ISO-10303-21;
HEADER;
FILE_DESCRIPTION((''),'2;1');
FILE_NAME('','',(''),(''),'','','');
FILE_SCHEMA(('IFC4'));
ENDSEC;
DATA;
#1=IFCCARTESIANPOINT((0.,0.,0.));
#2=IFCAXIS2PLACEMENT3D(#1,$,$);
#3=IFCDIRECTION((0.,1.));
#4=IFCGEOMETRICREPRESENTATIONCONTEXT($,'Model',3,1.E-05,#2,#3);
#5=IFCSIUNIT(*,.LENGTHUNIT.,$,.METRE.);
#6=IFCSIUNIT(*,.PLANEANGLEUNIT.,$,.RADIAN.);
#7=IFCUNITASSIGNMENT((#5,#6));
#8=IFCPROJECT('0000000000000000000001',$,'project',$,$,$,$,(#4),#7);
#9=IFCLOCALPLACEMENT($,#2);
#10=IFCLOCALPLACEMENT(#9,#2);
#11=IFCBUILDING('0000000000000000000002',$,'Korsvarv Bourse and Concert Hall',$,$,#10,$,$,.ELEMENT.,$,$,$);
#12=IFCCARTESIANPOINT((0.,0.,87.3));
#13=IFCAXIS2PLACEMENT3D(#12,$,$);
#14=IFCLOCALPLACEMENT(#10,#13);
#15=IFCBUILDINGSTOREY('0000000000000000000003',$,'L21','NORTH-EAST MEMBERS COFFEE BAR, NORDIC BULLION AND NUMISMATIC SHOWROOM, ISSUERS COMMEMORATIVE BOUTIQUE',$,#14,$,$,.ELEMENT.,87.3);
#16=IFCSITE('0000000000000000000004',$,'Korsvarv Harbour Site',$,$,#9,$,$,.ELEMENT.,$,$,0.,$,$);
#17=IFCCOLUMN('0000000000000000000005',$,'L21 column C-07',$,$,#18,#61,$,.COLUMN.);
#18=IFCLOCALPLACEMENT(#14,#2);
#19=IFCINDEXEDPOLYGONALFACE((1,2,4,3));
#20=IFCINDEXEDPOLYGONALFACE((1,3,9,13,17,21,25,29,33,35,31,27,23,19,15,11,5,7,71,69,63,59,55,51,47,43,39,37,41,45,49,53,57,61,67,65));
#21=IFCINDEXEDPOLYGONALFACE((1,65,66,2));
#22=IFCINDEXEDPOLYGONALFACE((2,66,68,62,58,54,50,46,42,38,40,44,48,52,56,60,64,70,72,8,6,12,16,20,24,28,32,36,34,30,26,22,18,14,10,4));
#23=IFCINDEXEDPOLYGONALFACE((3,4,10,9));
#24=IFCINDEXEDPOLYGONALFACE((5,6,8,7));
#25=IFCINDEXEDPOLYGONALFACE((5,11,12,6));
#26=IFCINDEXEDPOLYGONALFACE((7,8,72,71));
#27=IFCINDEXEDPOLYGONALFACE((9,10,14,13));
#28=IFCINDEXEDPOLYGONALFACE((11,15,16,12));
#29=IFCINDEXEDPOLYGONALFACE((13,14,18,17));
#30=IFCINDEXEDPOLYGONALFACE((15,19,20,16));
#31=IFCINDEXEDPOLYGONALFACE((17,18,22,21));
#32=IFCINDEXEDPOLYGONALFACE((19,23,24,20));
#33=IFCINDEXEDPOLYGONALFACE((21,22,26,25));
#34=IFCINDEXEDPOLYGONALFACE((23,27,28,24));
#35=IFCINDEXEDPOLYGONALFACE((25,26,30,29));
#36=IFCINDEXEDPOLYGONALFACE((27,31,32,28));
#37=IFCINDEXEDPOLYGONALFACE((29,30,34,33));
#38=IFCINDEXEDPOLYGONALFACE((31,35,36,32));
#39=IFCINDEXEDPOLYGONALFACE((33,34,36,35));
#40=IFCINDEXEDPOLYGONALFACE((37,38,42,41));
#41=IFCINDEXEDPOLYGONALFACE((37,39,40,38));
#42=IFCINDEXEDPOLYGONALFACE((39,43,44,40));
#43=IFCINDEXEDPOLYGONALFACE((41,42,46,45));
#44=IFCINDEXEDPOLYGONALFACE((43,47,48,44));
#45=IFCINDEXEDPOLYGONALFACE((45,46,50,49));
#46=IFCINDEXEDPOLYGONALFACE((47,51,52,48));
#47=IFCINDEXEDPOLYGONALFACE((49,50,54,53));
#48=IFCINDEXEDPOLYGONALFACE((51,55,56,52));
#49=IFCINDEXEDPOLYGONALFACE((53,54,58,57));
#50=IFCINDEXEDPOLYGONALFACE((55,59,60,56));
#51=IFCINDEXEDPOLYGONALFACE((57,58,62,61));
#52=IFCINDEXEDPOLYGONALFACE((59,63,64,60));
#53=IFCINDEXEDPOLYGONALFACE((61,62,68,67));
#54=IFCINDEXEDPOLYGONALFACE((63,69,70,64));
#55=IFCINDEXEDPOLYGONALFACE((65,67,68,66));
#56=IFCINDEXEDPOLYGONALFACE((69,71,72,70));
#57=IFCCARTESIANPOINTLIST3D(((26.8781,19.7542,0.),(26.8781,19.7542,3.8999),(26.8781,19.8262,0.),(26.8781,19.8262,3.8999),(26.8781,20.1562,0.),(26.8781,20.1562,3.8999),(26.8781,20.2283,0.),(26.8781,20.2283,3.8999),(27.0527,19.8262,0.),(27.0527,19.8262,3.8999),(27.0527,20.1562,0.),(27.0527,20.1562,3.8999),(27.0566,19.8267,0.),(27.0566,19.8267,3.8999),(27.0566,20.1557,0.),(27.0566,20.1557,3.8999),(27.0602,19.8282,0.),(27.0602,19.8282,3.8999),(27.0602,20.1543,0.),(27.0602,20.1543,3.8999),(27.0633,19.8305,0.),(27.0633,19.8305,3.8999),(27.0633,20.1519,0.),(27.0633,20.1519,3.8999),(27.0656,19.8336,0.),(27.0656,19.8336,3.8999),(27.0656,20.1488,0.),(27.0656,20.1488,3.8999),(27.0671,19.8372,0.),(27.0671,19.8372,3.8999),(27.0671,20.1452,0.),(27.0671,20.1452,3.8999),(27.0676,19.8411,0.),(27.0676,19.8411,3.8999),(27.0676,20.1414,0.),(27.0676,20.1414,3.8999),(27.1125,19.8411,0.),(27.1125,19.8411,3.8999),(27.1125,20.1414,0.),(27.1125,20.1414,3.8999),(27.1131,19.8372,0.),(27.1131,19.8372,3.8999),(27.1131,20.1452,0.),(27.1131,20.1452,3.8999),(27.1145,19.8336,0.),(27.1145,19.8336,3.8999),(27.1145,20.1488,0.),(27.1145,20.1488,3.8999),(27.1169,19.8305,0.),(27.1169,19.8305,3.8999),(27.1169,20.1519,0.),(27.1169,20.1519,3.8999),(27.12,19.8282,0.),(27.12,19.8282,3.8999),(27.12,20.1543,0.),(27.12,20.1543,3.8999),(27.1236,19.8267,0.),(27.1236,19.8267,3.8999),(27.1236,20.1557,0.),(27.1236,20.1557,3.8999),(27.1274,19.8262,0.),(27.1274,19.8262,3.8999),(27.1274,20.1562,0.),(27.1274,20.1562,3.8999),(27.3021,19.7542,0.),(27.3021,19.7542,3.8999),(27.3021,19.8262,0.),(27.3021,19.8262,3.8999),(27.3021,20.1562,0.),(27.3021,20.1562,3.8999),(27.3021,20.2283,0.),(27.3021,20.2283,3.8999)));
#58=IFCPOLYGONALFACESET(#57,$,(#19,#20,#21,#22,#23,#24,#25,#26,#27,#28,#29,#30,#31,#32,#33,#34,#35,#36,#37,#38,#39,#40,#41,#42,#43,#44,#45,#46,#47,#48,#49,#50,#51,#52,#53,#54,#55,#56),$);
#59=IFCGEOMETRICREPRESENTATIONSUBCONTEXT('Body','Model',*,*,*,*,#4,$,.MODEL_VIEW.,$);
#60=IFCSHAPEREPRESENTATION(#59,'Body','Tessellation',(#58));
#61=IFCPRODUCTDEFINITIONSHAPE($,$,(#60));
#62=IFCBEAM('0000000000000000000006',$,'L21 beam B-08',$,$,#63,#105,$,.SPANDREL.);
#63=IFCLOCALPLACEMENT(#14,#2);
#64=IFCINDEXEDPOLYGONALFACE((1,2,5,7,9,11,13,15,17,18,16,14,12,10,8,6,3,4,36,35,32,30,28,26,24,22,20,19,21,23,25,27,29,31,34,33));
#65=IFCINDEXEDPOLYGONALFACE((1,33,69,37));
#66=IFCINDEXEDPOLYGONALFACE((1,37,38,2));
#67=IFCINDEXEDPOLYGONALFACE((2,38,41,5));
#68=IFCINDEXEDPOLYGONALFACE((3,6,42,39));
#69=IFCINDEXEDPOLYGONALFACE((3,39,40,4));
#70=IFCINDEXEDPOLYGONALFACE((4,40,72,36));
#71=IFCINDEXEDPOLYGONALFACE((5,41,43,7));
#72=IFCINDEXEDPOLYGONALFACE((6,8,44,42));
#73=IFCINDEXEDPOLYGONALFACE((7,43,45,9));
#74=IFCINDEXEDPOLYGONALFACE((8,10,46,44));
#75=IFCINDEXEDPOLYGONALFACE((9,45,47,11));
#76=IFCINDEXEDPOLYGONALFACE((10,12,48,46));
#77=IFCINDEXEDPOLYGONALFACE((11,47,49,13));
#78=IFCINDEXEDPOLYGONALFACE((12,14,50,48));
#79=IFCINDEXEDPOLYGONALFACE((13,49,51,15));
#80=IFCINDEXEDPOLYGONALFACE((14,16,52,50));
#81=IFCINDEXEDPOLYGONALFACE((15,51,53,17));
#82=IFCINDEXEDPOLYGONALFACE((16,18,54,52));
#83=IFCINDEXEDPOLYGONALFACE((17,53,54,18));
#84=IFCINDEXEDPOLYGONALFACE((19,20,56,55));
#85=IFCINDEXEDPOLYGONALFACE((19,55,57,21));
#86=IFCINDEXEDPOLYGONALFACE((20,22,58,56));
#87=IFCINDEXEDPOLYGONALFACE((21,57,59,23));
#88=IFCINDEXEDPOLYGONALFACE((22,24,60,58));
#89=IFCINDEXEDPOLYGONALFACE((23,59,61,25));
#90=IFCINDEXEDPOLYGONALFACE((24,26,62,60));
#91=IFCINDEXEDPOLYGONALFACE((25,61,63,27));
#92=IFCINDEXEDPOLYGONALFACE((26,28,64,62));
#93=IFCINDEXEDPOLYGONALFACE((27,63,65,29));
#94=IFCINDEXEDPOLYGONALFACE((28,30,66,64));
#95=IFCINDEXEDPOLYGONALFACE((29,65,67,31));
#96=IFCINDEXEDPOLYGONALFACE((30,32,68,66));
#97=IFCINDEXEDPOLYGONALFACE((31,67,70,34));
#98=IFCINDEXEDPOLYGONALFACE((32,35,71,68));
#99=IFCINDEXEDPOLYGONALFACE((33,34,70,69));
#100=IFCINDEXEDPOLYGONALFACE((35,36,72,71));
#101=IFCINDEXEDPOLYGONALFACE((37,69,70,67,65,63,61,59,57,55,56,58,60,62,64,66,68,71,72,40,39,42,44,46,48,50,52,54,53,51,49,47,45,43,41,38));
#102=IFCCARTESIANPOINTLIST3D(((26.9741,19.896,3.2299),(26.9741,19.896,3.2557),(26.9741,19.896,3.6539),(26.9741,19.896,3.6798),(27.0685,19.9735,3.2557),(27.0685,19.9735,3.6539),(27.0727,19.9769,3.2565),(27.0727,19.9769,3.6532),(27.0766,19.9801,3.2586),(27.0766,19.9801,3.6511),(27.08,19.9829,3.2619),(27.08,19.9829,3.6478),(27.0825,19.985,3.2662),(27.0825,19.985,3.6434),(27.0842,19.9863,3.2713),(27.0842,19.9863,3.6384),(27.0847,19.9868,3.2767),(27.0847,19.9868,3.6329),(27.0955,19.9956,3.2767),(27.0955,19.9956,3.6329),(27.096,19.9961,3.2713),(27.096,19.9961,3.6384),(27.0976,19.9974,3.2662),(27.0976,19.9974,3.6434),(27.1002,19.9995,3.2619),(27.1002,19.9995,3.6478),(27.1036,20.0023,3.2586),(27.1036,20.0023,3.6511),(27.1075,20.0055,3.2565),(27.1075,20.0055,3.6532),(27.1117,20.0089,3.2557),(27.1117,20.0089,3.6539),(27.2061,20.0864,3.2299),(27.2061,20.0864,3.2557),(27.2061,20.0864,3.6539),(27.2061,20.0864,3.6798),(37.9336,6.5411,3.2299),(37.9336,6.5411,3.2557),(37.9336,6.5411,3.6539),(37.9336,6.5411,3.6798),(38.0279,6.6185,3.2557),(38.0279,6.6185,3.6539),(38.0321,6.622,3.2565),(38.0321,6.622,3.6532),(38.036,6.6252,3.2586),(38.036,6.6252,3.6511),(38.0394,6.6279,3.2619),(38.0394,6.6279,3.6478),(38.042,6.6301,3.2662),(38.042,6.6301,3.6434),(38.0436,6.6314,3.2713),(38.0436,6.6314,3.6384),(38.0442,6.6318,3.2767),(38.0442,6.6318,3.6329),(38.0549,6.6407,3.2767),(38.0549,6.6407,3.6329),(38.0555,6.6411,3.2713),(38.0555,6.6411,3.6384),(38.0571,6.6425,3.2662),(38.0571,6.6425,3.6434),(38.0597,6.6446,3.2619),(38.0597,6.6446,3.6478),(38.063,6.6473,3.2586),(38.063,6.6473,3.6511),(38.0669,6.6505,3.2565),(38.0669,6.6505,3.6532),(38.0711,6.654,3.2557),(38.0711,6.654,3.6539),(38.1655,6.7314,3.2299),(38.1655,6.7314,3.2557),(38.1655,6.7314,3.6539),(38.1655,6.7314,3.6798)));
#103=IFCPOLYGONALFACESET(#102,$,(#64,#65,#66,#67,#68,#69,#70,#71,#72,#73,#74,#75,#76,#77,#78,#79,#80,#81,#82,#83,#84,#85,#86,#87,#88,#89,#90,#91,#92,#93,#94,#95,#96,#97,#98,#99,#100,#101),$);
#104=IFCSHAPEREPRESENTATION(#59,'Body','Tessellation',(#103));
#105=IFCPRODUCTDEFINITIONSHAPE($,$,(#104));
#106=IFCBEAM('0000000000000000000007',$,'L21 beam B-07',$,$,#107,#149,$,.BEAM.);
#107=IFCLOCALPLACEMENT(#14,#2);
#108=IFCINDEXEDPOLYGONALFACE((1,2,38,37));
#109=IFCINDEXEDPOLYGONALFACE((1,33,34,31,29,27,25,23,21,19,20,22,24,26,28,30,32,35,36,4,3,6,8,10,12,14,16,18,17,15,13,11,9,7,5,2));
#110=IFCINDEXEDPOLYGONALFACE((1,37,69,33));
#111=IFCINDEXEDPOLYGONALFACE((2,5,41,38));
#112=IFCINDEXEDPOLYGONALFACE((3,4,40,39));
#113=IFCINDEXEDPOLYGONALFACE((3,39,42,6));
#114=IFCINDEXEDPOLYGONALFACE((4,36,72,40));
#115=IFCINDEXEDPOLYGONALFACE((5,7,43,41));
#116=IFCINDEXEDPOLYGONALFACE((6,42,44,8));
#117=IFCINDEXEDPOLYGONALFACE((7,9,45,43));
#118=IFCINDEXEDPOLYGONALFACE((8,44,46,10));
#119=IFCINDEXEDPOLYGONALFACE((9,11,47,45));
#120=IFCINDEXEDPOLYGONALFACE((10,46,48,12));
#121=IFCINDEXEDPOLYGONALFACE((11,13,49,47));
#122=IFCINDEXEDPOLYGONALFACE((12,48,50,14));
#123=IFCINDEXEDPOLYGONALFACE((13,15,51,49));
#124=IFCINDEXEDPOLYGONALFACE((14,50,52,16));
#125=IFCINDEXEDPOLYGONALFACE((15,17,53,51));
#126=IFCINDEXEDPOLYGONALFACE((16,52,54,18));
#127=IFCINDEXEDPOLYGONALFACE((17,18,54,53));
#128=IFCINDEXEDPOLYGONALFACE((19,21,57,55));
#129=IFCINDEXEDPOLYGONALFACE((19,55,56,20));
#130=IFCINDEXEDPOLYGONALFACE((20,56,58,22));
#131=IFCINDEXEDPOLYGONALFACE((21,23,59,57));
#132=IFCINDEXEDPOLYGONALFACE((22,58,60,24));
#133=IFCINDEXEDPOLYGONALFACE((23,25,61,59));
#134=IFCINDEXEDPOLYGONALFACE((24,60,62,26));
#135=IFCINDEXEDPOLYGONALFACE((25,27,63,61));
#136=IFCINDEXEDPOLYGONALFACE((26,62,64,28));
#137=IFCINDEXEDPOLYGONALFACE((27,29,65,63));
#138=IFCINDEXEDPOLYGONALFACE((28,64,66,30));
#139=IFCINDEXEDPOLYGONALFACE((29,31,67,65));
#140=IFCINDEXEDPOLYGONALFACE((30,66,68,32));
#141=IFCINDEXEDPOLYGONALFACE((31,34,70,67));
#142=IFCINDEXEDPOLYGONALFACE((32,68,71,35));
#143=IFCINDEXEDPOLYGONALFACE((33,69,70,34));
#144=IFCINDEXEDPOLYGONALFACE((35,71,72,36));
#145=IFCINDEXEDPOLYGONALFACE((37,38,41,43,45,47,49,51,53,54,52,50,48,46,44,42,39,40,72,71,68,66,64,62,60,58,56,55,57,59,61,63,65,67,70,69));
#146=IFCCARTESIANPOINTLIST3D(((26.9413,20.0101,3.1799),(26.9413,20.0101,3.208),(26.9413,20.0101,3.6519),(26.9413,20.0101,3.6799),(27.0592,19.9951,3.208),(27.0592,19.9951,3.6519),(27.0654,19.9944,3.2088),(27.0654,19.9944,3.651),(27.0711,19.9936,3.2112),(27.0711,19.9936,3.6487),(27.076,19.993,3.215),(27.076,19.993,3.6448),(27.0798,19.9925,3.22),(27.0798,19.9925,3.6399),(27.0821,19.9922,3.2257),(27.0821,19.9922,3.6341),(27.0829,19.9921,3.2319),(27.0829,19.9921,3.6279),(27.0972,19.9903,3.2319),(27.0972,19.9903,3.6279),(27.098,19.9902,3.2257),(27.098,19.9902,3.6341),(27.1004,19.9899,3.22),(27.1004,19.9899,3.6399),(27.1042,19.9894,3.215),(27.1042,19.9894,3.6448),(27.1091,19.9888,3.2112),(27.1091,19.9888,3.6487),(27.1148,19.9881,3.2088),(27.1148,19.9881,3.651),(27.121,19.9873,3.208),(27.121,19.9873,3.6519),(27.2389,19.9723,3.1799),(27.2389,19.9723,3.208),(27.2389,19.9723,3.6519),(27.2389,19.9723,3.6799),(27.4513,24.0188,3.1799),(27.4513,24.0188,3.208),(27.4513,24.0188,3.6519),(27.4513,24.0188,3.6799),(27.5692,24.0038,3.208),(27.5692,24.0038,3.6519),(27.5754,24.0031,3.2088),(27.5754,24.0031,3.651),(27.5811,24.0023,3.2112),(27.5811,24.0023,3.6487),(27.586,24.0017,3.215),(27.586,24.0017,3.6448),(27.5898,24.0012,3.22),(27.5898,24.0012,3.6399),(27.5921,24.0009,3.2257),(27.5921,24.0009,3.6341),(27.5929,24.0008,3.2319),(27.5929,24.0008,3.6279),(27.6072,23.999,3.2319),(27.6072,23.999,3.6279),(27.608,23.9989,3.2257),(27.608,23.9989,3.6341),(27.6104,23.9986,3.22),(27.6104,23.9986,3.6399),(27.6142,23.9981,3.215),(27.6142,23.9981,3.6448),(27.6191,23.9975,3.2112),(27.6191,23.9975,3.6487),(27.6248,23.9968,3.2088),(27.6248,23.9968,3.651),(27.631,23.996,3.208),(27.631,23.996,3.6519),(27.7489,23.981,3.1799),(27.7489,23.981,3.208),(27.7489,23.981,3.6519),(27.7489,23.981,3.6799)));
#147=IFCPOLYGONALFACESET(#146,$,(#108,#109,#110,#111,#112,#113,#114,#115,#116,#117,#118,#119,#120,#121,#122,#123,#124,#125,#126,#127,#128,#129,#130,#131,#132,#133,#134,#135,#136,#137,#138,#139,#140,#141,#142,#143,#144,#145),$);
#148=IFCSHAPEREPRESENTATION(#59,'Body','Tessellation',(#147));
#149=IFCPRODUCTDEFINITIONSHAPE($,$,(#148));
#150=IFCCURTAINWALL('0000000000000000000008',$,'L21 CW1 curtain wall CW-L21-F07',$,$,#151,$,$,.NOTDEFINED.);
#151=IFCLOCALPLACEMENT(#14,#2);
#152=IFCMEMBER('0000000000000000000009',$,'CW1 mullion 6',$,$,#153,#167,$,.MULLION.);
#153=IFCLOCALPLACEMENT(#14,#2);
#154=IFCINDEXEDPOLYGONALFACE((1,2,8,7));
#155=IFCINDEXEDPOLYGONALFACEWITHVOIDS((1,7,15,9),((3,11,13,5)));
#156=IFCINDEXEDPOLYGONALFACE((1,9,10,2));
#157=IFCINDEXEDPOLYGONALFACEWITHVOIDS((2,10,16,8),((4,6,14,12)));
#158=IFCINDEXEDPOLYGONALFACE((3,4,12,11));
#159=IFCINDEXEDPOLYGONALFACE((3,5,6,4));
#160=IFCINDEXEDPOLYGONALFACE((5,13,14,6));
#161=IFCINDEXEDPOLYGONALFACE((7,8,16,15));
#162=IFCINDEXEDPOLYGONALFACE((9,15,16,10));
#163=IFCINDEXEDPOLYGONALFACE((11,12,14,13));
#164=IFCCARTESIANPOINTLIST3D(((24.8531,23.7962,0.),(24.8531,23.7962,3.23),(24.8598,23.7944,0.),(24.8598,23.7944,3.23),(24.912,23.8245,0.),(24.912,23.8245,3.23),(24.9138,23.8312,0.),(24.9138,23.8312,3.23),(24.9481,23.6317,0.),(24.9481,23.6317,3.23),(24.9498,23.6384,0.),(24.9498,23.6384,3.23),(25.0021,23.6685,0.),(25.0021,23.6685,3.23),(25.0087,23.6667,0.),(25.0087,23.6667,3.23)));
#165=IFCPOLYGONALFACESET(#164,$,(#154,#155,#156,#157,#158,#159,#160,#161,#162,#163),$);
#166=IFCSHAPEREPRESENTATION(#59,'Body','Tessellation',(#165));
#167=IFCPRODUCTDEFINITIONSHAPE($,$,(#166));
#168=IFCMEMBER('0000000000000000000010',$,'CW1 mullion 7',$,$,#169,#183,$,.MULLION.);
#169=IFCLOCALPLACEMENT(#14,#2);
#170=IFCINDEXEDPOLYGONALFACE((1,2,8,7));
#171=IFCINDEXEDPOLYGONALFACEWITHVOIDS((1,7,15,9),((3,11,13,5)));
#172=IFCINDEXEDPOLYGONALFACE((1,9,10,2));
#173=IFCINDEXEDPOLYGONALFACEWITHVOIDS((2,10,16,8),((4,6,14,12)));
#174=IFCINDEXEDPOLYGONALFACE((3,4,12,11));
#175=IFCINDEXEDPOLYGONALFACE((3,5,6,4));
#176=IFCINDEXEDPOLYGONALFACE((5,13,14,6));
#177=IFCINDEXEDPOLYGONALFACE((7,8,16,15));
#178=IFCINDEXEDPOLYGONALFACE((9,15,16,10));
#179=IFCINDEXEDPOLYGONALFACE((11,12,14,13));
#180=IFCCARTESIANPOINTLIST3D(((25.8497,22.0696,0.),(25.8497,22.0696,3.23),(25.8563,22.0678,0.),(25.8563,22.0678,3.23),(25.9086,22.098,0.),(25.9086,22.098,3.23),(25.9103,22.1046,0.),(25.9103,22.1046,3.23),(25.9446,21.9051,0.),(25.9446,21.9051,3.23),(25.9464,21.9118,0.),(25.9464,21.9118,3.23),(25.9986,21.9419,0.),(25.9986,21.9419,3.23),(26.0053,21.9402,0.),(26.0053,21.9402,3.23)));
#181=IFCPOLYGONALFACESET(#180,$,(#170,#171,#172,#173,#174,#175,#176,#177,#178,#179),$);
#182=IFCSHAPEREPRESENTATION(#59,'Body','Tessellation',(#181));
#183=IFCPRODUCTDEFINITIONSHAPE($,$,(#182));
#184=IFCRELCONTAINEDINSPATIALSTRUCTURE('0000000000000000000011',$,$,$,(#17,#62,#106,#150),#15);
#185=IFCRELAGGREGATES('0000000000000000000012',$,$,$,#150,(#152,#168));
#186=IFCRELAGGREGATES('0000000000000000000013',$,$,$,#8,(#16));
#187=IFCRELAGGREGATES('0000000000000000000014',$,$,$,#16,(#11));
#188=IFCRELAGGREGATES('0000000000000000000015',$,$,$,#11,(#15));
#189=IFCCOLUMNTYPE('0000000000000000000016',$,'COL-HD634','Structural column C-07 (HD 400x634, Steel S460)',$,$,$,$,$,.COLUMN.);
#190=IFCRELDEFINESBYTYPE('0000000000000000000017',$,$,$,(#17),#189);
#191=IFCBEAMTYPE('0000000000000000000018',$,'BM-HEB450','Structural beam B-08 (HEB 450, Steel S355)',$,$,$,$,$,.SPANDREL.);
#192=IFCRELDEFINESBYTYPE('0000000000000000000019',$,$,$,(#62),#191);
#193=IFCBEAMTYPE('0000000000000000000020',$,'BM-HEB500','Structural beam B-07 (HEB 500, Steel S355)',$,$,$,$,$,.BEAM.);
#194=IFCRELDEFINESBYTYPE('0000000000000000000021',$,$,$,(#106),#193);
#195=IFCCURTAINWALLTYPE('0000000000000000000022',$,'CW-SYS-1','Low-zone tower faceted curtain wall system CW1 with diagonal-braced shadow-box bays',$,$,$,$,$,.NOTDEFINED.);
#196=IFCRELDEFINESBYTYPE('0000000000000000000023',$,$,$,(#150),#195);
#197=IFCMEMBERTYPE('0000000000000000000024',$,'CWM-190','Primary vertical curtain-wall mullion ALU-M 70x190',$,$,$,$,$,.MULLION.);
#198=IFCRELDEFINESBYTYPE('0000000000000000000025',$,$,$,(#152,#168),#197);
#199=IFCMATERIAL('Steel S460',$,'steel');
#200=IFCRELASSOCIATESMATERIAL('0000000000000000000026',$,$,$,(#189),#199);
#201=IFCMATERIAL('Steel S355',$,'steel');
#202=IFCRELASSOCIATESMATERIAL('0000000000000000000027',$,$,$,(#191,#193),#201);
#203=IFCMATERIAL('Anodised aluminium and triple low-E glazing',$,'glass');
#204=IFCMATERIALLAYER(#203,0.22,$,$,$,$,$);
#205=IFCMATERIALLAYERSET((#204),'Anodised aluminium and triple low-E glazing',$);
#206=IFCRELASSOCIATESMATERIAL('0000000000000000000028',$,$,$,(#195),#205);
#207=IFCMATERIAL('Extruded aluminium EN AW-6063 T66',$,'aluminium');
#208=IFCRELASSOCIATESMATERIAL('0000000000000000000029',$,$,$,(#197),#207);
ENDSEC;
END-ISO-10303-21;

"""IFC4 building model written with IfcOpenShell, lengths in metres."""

from ifc_helpers import new_model, si_unit, direction, frame, origin, origin_2d, place, context, subcontext, project, spatial, hollow_rectangle, i_section, extrude, source, transform, mapped, material, layer, layer_set, material_profile, profile_set, type_object, element, aggregate, save


model = new_model("IFC4")

# Units and contexts
model_context = context("Model", 3, precision=1e-05, world=origin(), true_north=direction((0.0, 1.0)))
body_context = subcontext(model_context, "Body", "Model", "MODEL_VIEW")
ifc_project = project(units=[si_unit("LENGTHUNIT", "METRE"), si_unit("PLANEANGLEUNIT", "RADIAN")], contexts=[model_context])

# Site, building, storey
site_placement = place(None, origin())
site = spatial("IfcSite", under=ifc_project, at=site_placement, Name="Korsvarv Harbour Site", CompositionType="ELEMENT", RefElevation=0.0)
building_placement = place(site_placement, origin())
building = spatial("IfcBuilding", under=site, at=building_placement, Name="Korsvarv Bourse and Concert Hall", CompositionType="ELEMENT")
storey_placement = place(building_placement, frame((0.0, 0.0, 87.3)))
storey = spatial("IfcBuildingStorey", under=building, at=storey_placement, Name="L21", Description="NORTH-EAST MEMBERS COFFEE BAR, NORDIC BULLION AND NUMISMATIC SHOWROOM, ISSUERS COMMEMORATIVE BOUTIQUE", CompositionType="ELEMENT", Elevation=87.3)

# Column
ifc_material_1 = material(Name="Steel S460", Category="steel")
ifc_material_profile_1 = material_profile(ifc_material_1, i_section(OverallWidth=0.4241, OverallDepth=0.4741, WebThickness=0.0449, FlangeThickness=0.072, FilletRadius=0.0149, at=origin_2d()), Name="HD 400x634")
ifc_profile_set_1 = profile_set([ifc_material_profile_1], Name="Steel S460")
column_type = type_object("IfcColumnType", Name="COL-HD634", Description="Structural column C-07 (HD 400x634, Steel S460)", PredefinedType="COLUMN", material=ifc_profile_set_1)
shared_shape_1 = source(origin(), body_context, "Body", "SweptSolid", [
    extrude(i_section(OverallWidth=0.4241, OverallDepth=0.4741, WebThickness=0.0449, FlangeThickness=0.072, FilletRadius=0.0149, at=origin_2d()), origin(), (0.0, 0.0, 1.0), 3.8999),
])
column_placement = place(storey_placement, frame((27.0901, 19.9912, 0.0), z_axis=(0.0, 0.0, 1.0), x_axis=(1.0, 0.0, 0.0)))
element("IfcColumn", 1, at=column_placement, inside=storey, type_object=column_type, Name="L21 column C-07", PredefinedType="COLUMN", context=body_context, shape_type="MappedRepresentation", body=[
    mapped(shared_shape_1, transform((0.0, 0.0, 0.0), scale=1.0)),
])

# Beams
ifc_material_2 = material(Name="Steel S355", Category="steel")
ifc_material_profile_2 = material_profile(ifc_material_2, i_section(OverallWidth=0.3, OverallDepth=0.45, WebThickness=0.0139, FlangeThickness=0.0259, FilletRadius=0.021, at=origin_2d()), Name="HEB 450")
ifc_profile_set_2 = profile_set([ifc_material_profile_2], Name="Steel S355")
beam_type_1 = type_object("IfcBeamType", Name="BM-HEB450", Description="Structural beam B-08 (HEB 450, Steel S355)", PredefinedType="SPANDREL", material=ifc_profile_set_2)
shared_shape_2 = source(origin(), body_context, "Body", "SweptSolid", [
    extrude(i_section(OverallWidth=0.3, OverallDepth=0.45, WebThickness=0.0139, FlangeThickness=0.0259, FilletRadius=0.021, at=origin_2d()), origin(), (0.0, 0.0, 1.0), 17.2761),
])
beam_1_placement = place(storey_placement, frame((27.0901, 19.9912, 3.4548), z_axis=(0.63437, -0.77303, 0.0), x_axis=(0.77303, 0.63437, 0.0)))
element("IfcBeam", 2, at=beam_1_placement, inside=storey, type_object=beam_type_1, Name="L21 beam B-08", PredefinedType="SPANDREL", context=body_context, shape_type="MappedRepresentation", body=[
    mapped(shared_shape_2, transform((0.0, 0.0, 0.0), scale=1.0)),
])
ifc_material_profile_3 = material_profile(ifc_material_2, i_section(OverallWidth=0.3, OverallDepth=0.5, WebThickness=0.0144, FlangeThickness=0.0281, FilletRadius=0.0239, at=origin_2d()), Name="HEB 500")
ifc_profile_set_3 = profile_set([ifc_material_profile_3], Name="Steel S355")
beam_type_2 = type_object("IfcBeamType", Name="BM-HEB500", Description="Structural beam B-07 (HEB 500, Steel S355)", PredefinedType="BEAM", material=ifc_profile_set_3)
shared_shape_3 = source(origin(), body_context, "Body", "SweptSolid", [
    extrude(i_section(OverallWidth=0.3, OverallDepth=0.5, WebThickness=0.0144, FlangeThickness=0.0281, FilletRadius=0.0239, at=origin_2d()), origin(), (0.0, 0.0, 1.0), 4.041),
])
beam_2_placement = place(storey_placement, frame((27.0901, 19.9912, 3.4299), z_axis=(0.126206, 0.992004, 0.0), x_axis=(-0.992004, 0.126206, 0.0)))
element("IfcBeam", 3, at=beam_2_placement, inside=storey, type_object=beam_type_2, Name="L21 beam B-07", PredefinedType="BEAM", context=body_context, shape_type="MappedRepresentation", body=[
    mapped(shared_shape_3, transform((0.0, 0.0, 0.0), scale=1.0)),
])

# Curtain wall, members
ifc_material_3 = material(Name="Anodised aluminium and triple low-E glazing", Category="glass")
ifc_layer_1 = layer(ifc_material_3, 0.22)
ifc_layer_set_1 = layer_set([ifc_layer_1], Name="Anodised aluminium and triple low-E glazing")
curtain_wall_type = type_object("IfcCurtainWallType", Name="CW-SYS-1", Description="Low-zone tower faceted curtain wall system CW1 with diagonal-braced shadow-box bays", PredefinedType="NOTDEFINED", material=ifc_layer_set_1)
curtain_wall_placement = place(storey_placement, origin())
curtain_wall = element("IfcCurtainWall", 4, at=curtain_wall_placement, inside=storey, type_object=curtain_wall_type, Name="L21 CW1 curtain wall CW-L21-F07", PredefinedType="NOTDEFINED")
ifc_material_4 = material(Name="Extruded aluminium EN AW-6063 T66", Category="aluminium")
ifc_material_profile_4 = material_profile(ifc_material_4, hollow_rectangle(XDim=0.0701, YDim=0.1899, WallThickness=0.0049, at=origin_2d()), Name="ALU-M 70x190")
ifc_profile_set_4 = profile_set([ifc_material_profile_4], Name="Extruded aluminium EN AW-6063 T66")
member_type_1 = type_object("IfcMemberType", Name="CWM-190", Description="Primary vertical curtain-wall mullion ALU-M 70x190", PredefinedType="MULLION", material=ifc_profile_set_4)
shared_shape_4 = source(origin(), body_context, "Body", "SweptSolid", [
    extrude(hollow_rectangle(XDim=0.0701, YDim=0.1899, WallThickness=0.0049, at=origin_2d()), origin(), (0.0, 0.0, 1.0), 3.23),
])
member_1_placement = place(storey_placement, frame((24.9309, 23.7314, 0.0), z_axis=(0.0, 0.0, 1.0), x_axis=(0.866026, 0.499999, 0.0)))
member_1 = element("IfcMember", 5, at=member_1_placement, type_object=member_type_1, Name="CW1 mullion 6", PredefinedType="MULLION", context=body_context, shape_type="MappedRepresentation", body=[
    mapped(shared_shape_4, transform((0.0, 0.0, 0.0), scale=1.0)),
])
member_2_placement = place(storey_placement, frame((25.9275, 22.0049, 0.0), z_axis=(0.0, 0.0, 1.0), x_axis=(0.866026, 0.499999, 0.0)))
member_2 = element("IfcMember", 6, at=member_2_placement, type_object=member_type_1, Name="CW1 mullion 7", PredefinedType="MULLION", context=body_context, shape_type="MappedRepresentation", body=[
    mapped(shared_shape_4, transform((0.0, 0.0, 0.0), scale=1.0)),
])
aggregate(curtain_wall, [member_1, member_2])

save(model, "model.ifc")
